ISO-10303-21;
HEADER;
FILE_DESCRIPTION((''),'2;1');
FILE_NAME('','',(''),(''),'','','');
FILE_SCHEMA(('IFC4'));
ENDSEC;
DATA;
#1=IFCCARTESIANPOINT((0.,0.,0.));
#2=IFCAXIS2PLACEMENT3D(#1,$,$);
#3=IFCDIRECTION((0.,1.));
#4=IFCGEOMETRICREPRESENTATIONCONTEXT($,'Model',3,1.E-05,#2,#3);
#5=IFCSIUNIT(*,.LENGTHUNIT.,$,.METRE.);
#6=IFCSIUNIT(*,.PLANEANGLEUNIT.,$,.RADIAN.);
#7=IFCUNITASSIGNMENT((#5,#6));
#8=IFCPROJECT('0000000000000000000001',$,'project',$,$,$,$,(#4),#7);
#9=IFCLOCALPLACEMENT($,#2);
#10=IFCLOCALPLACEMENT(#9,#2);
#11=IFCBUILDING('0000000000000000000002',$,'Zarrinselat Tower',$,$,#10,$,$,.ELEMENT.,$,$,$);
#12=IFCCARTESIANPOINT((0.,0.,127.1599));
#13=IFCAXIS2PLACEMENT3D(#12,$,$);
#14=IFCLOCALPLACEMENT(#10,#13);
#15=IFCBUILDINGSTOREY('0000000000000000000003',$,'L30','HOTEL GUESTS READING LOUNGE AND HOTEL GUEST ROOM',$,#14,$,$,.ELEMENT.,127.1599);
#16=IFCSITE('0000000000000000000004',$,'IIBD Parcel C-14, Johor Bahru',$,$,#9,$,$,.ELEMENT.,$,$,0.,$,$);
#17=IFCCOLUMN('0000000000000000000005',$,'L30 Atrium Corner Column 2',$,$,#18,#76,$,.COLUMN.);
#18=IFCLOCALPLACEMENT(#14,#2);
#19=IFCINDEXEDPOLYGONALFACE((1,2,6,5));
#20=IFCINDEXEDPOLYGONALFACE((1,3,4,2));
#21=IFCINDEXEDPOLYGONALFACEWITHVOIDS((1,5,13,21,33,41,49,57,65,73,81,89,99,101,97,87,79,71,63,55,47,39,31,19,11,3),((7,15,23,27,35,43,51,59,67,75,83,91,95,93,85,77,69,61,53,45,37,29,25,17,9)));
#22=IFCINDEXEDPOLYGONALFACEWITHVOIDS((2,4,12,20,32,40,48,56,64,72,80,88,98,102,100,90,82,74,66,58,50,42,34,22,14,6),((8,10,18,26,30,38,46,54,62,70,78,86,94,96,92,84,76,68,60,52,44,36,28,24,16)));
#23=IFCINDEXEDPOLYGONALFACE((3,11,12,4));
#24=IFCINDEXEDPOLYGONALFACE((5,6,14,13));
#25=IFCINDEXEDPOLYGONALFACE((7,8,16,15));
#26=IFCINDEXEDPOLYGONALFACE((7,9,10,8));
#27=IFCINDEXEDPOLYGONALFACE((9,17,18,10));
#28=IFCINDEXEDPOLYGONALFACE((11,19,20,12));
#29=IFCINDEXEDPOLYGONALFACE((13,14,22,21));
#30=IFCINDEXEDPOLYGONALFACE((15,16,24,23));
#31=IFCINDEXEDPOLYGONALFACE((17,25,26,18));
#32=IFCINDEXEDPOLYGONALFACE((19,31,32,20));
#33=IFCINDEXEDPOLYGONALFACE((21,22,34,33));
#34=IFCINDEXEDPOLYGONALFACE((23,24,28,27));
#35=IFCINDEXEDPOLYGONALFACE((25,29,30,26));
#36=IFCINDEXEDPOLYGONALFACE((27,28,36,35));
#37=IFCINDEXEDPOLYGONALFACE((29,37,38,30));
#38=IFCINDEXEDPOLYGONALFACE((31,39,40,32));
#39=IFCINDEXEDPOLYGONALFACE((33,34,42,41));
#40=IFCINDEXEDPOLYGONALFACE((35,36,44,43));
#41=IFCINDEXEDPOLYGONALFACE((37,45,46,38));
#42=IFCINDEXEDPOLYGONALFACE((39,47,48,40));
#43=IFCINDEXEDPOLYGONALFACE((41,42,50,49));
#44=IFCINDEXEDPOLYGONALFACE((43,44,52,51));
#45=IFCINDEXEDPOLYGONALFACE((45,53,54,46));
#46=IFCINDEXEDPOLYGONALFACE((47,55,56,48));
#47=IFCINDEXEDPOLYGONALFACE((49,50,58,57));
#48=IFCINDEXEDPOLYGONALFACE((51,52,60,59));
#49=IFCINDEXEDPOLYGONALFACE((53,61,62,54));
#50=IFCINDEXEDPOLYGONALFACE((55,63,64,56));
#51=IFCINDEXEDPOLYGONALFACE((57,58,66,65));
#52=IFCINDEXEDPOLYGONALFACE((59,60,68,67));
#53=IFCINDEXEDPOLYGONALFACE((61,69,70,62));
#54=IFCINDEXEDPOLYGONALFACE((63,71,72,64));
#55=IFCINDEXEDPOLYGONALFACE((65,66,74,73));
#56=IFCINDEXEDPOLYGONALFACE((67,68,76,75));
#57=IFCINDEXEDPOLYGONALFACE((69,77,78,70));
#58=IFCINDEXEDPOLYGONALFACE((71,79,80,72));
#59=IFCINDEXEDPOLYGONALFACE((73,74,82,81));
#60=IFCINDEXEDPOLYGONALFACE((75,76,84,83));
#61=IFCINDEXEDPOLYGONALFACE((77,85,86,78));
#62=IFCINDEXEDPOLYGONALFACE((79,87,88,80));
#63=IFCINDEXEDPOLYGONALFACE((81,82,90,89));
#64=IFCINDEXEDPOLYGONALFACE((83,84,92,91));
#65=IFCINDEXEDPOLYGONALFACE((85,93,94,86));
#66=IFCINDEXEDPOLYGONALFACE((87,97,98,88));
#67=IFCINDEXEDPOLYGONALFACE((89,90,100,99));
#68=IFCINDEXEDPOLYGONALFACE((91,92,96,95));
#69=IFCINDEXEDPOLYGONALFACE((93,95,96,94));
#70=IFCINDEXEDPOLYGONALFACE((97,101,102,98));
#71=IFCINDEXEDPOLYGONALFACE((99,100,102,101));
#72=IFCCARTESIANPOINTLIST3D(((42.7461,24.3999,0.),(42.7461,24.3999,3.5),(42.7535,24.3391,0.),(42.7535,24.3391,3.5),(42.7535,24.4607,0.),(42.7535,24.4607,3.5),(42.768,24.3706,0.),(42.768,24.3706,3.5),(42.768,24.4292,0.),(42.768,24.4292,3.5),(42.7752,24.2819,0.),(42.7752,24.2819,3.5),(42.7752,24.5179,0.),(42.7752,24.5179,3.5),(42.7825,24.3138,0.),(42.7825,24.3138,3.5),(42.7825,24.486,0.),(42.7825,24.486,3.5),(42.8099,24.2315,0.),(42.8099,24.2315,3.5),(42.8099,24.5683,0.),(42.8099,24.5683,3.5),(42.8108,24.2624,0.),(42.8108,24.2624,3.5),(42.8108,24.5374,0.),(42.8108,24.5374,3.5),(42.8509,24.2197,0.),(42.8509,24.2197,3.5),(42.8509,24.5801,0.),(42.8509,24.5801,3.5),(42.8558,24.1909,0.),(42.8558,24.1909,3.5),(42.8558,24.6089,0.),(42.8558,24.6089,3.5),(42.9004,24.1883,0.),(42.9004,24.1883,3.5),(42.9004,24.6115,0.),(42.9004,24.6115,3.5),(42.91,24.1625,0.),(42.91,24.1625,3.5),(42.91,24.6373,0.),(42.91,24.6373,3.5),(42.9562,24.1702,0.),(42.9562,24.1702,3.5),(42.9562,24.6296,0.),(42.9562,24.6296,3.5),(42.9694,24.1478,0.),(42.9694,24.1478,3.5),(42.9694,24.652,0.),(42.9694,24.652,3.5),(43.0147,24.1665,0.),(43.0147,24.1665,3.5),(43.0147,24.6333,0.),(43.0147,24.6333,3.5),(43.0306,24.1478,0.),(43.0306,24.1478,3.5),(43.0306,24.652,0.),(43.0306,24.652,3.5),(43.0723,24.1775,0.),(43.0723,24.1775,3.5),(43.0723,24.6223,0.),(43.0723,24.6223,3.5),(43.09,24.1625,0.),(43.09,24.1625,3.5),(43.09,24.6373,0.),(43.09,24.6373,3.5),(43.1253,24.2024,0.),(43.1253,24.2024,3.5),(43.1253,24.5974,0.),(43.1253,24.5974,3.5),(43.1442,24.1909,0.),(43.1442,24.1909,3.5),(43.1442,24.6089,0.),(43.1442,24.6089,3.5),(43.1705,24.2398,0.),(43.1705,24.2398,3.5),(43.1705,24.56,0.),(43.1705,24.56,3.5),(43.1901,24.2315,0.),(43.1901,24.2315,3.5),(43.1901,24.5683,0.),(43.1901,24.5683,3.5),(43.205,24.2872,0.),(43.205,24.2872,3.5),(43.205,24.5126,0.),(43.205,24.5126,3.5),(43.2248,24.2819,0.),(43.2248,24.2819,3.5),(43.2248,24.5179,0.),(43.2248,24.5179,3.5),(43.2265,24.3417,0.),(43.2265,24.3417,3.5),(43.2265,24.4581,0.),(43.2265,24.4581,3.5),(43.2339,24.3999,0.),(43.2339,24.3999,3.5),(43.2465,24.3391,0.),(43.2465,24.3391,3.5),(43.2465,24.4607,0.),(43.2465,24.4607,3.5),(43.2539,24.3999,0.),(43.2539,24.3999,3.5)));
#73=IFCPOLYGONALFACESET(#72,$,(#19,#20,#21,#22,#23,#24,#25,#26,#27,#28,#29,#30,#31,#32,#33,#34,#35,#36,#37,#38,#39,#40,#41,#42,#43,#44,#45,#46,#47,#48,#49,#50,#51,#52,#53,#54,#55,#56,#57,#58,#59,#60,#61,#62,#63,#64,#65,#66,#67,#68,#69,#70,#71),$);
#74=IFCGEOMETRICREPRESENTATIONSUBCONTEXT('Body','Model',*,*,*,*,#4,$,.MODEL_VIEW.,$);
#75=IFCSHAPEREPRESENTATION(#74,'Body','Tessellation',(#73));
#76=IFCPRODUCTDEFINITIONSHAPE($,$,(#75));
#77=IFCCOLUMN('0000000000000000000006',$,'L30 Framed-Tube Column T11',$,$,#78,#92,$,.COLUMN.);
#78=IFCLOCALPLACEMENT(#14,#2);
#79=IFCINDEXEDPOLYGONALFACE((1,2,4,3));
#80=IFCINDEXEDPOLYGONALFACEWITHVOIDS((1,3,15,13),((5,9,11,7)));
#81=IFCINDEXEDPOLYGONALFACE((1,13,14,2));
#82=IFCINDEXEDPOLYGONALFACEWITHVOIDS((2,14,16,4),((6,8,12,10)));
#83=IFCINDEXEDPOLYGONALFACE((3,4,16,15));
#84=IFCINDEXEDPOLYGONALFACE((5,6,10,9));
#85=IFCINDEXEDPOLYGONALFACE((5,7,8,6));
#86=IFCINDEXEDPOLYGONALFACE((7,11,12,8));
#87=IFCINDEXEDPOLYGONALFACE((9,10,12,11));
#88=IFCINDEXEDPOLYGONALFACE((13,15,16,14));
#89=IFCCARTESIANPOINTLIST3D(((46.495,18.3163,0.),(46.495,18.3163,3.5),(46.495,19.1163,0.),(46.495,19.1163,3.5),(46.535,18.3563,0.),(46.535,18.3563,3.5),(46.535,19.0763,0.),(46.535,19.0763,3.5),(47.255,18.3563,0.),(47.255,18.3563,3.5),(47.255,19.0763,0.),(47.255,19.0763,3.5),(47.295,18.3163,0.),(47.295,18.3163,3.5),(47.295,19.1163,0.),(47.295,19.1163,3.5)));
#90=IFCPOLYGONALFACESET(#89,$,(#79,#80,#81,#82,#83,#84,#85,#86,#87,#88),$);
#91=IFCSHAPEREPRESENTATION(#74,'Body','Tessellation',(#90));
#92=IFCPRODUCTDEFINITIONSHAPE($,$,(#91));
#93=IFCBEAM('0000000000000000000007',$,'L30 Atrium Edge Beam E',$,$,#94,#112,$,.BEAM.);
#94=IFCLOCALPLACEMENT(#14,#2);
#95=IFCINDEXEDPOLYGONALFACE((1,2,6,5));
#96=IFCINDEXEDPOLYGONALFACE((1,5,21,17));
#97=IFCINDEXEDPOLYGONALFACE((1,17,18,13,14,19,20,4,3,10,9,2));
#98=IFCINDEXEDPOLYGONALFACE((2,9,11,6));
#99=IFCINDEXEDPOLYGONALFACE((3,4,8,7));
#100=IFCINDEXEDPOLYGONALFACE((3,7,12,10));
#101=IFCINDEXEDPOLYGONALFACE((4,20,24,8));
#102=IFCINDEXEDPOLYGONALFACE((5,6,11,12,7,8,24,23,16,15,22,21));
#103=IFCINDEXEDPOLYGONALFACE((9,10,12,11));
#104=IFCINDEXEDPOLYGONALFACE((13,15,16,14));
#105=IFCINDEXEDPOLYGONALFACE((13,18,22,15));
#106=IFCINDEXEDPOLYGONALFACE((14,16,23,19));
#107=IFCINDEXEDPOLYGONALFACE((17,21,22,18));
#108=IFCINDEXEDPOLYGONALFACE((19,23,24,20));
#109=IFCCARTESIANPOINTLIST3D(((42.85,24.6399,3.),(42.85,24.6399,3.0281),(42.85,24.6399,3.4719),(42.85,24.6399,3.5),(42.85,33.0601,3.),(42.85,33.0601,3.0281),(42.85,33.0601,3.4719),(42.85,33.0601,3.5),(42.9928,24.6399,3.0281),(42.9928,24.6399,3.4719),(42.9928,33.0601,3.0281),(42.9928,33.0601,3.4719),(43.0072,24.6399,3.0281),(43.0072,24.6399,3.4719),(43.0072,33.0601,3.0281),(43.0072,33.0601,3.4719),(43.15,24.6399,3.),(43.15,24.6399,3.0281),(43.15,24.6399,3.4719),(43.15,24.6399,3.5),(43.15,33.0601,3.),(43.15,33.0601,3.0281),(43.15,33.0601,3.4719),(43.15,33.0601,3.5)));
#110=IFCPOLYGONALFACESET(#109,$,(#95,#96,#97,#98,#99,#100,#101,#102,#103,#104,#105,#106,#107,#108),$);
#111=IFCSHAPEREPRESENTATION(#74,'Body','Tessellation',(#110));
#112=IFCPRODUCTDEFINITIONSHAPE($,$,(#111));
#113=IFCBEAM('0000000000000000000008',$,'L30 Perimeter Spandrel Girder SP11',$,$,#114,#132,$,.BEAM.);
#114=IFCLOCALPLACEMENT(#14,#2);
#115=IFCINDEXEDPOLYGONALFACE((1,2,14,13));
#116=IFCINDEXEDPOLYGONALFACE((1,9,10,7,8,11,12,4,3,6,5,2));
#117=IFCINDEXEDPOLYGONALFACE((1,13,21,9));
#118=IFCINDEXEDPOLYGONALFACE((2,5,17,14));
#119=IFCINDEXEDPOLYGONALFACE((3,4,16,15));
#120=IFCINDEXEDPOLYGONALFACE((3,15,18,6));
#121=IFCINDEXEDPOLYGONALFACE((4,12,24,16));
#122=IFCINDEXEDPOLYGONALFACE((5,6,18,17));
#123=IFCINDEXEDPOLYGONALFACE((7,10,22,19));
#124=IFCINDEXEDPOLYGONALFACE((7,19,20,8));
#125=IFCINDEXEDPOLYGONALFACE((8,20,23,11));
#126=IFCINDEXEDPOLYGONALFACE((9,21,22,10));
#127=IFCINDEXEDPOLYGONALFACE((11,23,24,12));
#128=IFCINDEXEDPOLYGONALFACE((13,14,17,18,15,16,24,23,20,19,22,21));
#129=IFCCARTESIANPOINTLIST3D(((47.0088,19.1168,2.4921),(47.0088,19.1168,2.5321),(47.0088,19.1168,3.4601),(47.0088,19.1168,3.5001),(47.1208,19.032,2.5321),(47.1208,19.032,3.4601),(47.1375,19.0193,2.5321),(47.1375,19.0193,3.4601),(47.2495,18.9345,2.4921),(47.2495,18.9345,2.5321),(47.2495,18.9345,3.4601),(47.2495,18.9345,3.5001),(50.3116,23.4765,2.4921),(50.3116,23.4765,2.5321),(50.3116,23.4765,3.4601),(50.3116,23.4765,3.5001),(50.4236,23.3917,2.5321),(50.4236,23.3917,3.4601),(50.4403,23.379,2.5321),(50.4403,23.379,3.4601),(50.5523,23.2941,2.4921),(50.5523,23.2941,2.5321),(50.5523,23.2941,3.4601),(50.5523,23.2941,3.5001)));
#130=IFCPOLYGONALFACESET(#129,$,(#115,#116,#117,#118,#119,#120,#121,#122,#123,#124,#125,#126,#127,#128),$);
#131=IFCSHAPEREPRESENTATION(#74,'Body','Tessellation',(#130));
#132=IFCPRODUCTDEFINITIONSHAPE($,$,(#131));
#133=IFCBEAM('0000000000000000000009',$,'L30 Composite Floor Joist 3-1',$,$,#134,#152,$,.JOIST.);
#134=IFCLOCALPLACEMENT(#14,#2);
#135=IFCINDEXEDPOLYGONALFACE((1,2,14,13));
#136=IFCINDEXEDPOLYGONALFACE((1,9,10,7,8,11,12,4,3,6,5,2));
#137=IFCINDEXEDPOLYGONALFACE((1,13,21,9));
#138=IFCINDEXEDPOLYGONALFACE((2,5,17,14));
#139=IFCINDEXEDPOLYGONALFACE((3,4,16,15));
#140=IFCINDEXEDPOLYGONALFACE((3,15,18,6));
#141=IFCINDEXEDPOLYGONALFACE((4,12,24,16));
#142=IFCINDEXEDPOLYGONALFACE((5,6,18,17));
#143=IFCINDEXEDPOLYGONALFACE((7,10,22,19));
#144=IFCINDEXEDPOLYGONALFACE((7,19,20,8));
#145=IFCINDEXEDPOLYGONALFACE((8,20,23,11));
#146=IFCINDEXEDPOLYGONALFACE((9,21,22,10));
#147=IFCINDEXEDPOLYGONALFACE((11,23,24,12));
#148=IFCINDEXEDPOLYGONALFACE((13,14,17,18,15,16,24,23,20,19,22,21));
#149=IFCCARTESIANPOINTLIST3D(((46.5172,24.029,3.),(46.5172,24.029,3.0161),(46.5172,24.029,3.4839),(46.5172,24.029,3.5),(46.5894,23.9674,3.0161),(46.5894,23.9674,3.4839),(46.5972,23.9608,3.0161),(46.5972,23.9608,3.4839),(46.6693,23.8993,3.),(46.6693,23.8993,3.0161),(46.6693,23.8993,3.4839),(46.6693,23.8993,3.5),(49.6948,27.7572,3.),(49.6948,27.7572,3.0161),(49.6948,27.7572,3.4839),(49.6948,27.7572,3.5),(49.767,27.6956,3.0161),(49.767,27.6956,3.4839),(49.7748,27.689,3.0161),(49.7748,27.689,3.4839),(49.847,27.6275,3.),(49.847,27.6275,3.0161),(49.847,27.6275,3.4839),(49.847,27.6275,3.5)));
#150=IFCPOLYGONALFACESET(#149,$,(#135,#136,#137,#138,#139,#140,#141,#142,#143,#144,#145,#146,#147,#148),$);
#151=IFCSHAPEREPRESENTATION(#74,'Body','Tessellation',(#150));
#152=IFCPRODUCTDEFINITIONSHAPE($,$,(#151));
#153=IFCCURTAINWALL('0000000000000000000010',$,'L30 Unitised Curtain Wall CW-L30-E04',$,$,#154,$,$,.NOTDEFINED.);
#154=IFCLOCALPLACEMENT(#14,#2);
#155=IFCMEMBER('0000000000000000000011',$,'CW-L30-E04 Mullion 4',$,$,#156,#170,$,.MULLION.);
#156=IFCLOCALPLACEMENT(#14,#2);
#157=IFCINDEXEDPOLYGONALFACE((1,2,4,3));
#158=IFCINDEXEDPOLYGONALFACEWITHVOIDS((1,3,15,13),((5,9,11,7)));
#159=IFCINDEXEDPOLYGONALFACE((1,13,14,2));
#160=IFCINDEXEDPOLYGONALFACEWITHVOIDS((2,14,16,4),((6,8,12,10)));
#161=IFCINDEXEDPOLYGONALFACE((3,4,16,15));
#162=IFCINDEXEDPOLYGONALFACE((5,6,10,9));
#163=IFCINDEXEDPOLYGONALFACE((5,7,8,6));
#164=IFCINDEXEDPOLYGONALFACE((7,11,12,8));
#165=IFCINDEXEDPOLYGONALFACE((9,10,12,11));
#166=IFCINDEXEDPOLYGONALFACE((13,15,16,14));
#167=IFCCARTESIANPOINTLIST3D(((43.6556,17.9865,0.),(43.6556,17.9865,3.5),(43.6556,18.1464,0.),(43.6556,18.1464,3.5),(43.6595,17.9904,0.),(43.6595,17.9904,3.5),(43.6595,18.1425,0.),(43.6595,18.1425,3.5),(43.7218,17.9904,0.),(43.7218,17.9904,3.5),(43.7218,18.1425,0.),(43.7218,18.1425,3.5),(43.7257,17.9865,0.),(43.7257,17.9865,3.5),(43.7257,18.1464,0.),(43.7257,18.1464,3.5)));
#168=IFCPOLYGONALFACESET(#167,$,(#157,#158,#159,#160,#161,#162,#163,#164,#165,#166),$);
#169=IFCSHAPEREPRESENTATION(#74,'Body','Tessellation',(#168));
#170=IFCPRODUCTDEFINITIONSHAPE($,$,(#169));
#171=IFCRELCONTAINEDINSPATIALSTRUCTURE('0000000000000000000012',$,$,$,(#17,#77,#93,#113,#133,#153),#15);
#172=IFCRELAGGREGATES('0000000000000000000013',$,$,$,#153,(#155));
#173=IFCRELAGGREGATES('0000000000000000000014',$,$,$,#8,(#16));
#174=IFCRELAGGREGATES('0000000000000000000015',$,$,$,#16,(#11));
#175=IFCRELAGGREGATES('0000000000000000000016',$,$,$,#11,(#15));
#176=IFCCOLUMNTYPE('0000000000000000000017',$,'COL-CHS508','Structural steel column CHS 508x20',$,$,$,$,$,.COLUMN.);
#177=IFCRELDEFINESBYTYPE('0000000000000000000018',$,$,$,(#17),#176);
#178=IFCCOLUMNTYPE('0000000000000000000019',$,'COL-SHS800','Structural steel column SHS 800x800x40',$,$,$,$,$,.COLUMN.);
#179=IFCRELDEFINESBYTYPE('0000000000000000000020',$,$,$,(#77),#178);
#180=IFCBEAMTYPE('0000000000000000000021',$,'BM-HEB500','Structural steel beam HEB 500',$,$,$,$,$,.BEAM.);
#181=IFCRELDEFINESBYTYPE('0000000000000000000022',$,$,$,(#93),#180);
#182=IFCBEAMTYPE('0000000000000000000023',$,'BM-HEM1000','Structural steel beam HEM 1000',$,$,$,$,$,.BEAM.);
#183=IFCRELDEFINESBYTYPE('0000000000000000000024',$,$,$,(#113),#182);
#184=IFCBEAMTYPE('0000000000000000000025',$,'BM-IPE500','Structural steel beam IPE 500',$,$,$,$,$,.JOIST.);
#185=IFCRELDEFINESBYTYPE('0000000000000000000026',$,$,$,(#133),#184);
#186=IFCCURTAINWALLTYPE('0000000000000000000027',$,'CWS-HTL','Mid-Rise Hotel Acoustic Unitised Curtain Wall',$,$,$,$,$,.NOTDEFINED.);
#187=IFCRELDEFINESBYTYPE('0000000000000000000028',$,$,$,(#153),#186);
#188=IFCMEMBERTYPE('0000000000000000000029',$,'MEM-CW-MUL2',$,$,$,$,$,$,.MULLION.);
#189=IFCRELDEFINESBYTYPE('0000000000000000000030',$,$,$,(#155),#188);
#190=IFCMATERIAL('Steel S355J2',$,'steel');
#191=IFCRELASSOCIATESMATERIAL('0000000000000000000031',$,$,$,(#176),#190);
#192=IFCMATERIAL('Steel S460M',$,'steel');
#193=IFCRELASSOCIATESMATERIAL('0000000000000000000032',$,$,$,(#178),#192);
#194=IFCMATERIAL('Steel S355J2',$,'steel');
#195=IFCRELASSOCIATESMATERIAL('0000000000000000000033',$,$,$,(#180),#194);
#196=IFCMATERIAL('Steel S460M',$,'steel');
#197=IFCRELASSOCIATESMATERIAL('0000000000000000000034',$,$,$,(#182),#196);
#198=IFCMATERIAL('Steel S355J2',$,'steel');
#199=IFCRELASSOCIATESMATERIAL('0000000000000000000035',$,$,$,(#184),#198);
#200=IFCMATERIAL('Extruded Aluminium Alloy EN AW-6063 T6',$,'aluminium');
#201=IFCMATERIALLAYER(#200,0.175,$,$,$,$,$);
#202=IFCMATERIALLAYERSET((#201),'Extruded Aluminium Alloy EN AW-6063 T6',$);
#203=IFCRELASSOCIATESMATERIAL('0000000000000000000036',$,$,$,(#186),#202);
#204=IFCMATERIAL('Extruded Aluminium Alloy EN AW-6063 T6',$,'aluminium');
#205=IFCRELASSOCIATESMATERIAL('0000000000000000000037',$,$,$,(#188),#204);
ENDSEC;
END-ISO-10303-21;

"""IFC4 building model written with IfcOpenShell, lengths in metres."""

from ifc_helpers import new_model, si_unit, direction, frame, origin, origin_2d, place, context, subcontext, project, spatial, hollow_rectangle, hollow_circle, i_section, extrude, material, layer, layer_set, material_profile, profile_set, type_object, element, aggregate, save


model = new_model("IFC4")

# Units and contexts
model_context = context("Model", 3, precision=1e-05, world=origin(), true_north=direction((0.0, 1.0)))
body_context = subcontext(model_context, "Body", "Model", "MODEL_VIEW")
ifc_project = project(units=[si_unit("LENGTHUNIT", "METRE"), si_unit("PLANEANGLEUNIT", "RADIAN")], contexts=[model_context])

# Site, building, storey
site_placement = place(None, origin())
site = spatial("IfcSite", under=ifc_project, at=site_placement, Name="IIBD Parcel C-14, Johor Bahru", CompositionType="ELEMENT", RefElevation=0.0)
building_placement = place(site_placement, origin())
building = spatial("IfcBuilding", under=site, at=building_placement, Name="Zarrinselat Tower", CompositionType="ELEMENT")
storey_placement = place(building_placement, frame((0.0, 0.0, 127.1599)))
storey = spatial("IfcBuildingStorey", under=building, at=storey_placement, Name="L30", Description="HOTEL GUESTS READING LOUNGE AND HOTEL GUEST ROOM", CompositionType="ELEMENT", Elevation=127.1599)

# Columns
ifc_material_1 = material(Name="Steel S355J2", Category="steel")
ifc_material_profile_1 = material_profile(ifc_material_1, hollow_circle(Radius=0.2539, WallThickness=0.02, at=origin_2d()), Name="CHS 508x20")
ifc_profile_set_1 = profile_set([ifc_material_profile_1], Name="Steel S355J2")
column_type_1 = type_object("IfcColumnType", Name="COL-CHS508", Description="Structural steel column CHS 508x20", PredefinedType="COLUMN", material=ifc_profile_set_1)
column_1_placement = place(storey_placement, frame((43.0, 24.3999, 0.0), z_axis=(0.0, 0.0, 1.0), x_axis=(1.0, 0.0, 0.0)))
element("IfcColumn", 1, at=column_1_placement, inside=storey, type_object=column_type_1, Name="L30 Atrium Corner Column 2", PredefinedType="COLUMN", context=body_context, shape_type="SweptSolid", body=[
    extrude(hollow_circle(Radius=0.2539, WallThickness=0.02, at=origin_2d()), origin(), (0.0, 0.0, 1.0), 3.5),
])
ifc_material_2 = material(Name="Steel S460M", Category="steel")
ifc_material_profile_2 = material_profile(ifc_material_2, hollow_rectangle(XDim=0.8, YDim=0.8, WallThickness=0.04, at=origin_2d()), Name="SHS 800x800x40")
ifc_profile_set_2 = profile_set([ifc_material_profile_2], Name="Steel S460M")
column_type_2 = type_object("IfcColumnType", Name="COL-SHS800", Description="Structural steel column SHS 800x800x40", PredefinedType="COLUMN", material=ifc_profile_set_2)
column_2_placement = place(storey_placement, frame((46.895, 18.7163, 0.0), z_axis=(0.0, 0.0, 1.0), x_axis=(1.0, 0.0, 0.0)))
element("IfcColumn", 2, at=column_2_placement, inside=storey, type_object=column_type_2, Name="L30 Framed-Tube Column T11", PredefinedType="COLUMN", context=body_context, shape_type="SweptSolid", body=[
    extrude(hollow_rectangle(XDim=0.8, YDim=0.8, WallThickness=0.04, at=origin_2d()), origin(), (0.0, 0.0, 1.0), 3.5),
])

# Beams
ifc_material_3 = material(Name="Steel S355J2", Category="steel")
ifc_material_profile_3 = material_profile(ifc_material_3, i_section(OverallWidth=0.3, OverallDepth=0.5, WebThickness=0.0144, FlangeThickness=0.0281, at=origin_2d()), Name="HEB 500")
ifc_profile_set_3 = profile_set([ifc_material_profile_3], Name="Steel S355J2")
beam_type_1 = type_object("IfcBeamType", Name="BM-HEB500", Description="Structural steel beam HEB 500", PredefinedType="BEAM", material=ifc_profile_set_3)
beam_1_placement = place(storey_placement, frame((43.0, 24.6399, 3.25), z_axis=(0.0, 1.0, 0.0), x_axis=(-1.0, 0.0, 0.0)))
element("IfcBeam", 3, at=beam_1_placement, inside=storey, type_object=beam_type_1, Name="L30 Atrium Edge Beam E", PredefinedType="BEAM", context=body_context, shape_type="SweptSolid", body=[
    extrude(i_section(OverallWidth=0.3, OverallDepth=0.5, WebThickness=0.0144, FlangeThickness=0.0281, at=origin_2d()), origin(), (0.0, 0.0, 1.0), 8.4202),
])
ifc_material_4 = material(Name="Steel S460M", Category="steel")
ifc_material_profile_4 = material_profile(ifc_material_4, i_section(OverallWidth=0.302, OverallDepth=1.0081, WebThickness=0.021, FlangeThickness=0.04, at=origin_2d()), Name="HEM 1000")
ifc_profile_set_4 = profile_set([ifc_material_profile_4], Name="Steel S460M")
beam_type_2 = type_object("IfcBeamType", Name="BM-HEM1000", Description="Structural steel beam HEM 1000", PredefinedType="BEAM", material=ifc_profile_set_4)
beam_2_placement = place(storey_placement, frame((47.1292, 19.0256, 2.9961), z_axis=(0.603857, 0.797093, 0.0), x_axis=(-0.797093, 0.603857, 0.0)))
element("IfcBeam", 4, at=beam_2_placement, inside=storey, type_object=beam_type_2, Name="L30 Perimeter Spandrel Girder SP11", PredefinedType="BEAM", context=body_context, shape_type="SweptSolid", body=[
    extrude(i_section(OverallWidth=0.302, OverallDepth=1.0081, WebThickness=0.021, FlangeThickness=0.04, at=origin_2d()), origin(), (0.0, 0.0, 1.0), 5.4695),
])
ifc_material_5 = material(Name="Steel S355J2", Category="steel")
ifc_material_profile_5 = material_profile(ifc_material_5, i_section(OverallWidth=0.2, OverallDepth=0.5, WebThickness=0.0103, FlangeThickness=0.0161, at=origin_2d()), Name="IPE 500")
ifc_profile_set_5 = profile_set([ifc_material_profile_5], Name="Steel S355J2")
beam_type_3 = type_object("IfcBeamType", Name="BM-IPE500", Description="Structural steel beam IPE 500", PredefinedType="JOIST", material=ifc_profile_set_5)
beam_3_placement = place(storey_placement, frame((46.5933, 23.9641, 3.25), z_axis=(0.648679, 0.761062, 0.0), x_axis=(-0.761062, 0.648679, 0.0)))
element("IfcBeam", 5, at=beam_3_placement, inside=storey, type_object=beam_type_3, Name="L30 Composite Floor Joist 3-1", PredefinedType="JOIST", context=body_context, shape_type="SweptSolid", body=[
    extrude(i_section(OverallWidth=0.2, OverallDepth=0.5, WebThickness=0.0103, FlangeThickness=0.0161, at=origin_2d()), origin(), (0.0, 0.0, 1.0), 4.8987),
])

# Curtain wall, member
ifc_material_6 = material(Name="Extruded Aluminium Alloy EN AW-6063 T6", Category="aluminium")
ifc_layer_1 = layer(ifc_material_6, 0.175)
ifc_layer_set_1 = layer_set([ifc_layer_1], Name="Extruded Aluminium Alloy EN AW-6063 T6")
curtain_wall_type = type_object("IfcCurtainWallType", Name="CWS-HTL", Description="Mid-Rise Hotel Acoustic Unitised Curtain Wall", PredefinedType="NOTDEFINED", material=ifc_layer_set_1)
curtain_wall_1_placement = place(storey_placement, origin())
curtain_wall_1 = element("IfcCurtainWall", 6, at=curtain_wall_1_placement, inside=storey, type_object=curtain_wall_type, Name="L30 Unitised Curtain Wall CW-L30-E04", PredefinedType="NOTDEFINED")
ifc_material_7 = material(Name="Extruded Aluminium Alloy EN AW-6063 T6", Category="aluminium")
ifc_material_profile_6 = material_profile(ifc_material_7, hollow_rectangle(XDim=0.0701, YDim=0.1599, WallThickness=0.0039, at=origin_2d()), Name="RHS 160x70x4")
ifc_profile_set_6 = profile_set([ifc_material_profile_6], Name="Extruded Aluminium Alloy EN AW-6063 T6")
member_type_1 = type_object("IfcMemberType", Name="MEM-CW-MUL2", PredefinedType="MULLION", material=ifc_profile_set_6)
member_1_placement = place(storey_placement, frame((43.6907, 18.0664, 0.0), z_axis=(0.0, 0.0, 1.0), x_axis=(1.0, 0.0, 0.0)))
member_1 = element("IfcMember", 7, at=member_1_placement, type_object=member_type_1, Name="CW-L30-E04 Mullion 4", PredefinedType="MULLION", context=body_context, shape_type="SweptSolid", body=[
    extrude(hollow_rectangle(XDim=0.0701, YDim=0.1599, WallThickness=0.0039, at=origin_2d()), origin(), (0.0, 0.0, 1.0), 3.5),
])

aggregate(curtain_wall_1, [member_1])

save(model, "model.ifc")
